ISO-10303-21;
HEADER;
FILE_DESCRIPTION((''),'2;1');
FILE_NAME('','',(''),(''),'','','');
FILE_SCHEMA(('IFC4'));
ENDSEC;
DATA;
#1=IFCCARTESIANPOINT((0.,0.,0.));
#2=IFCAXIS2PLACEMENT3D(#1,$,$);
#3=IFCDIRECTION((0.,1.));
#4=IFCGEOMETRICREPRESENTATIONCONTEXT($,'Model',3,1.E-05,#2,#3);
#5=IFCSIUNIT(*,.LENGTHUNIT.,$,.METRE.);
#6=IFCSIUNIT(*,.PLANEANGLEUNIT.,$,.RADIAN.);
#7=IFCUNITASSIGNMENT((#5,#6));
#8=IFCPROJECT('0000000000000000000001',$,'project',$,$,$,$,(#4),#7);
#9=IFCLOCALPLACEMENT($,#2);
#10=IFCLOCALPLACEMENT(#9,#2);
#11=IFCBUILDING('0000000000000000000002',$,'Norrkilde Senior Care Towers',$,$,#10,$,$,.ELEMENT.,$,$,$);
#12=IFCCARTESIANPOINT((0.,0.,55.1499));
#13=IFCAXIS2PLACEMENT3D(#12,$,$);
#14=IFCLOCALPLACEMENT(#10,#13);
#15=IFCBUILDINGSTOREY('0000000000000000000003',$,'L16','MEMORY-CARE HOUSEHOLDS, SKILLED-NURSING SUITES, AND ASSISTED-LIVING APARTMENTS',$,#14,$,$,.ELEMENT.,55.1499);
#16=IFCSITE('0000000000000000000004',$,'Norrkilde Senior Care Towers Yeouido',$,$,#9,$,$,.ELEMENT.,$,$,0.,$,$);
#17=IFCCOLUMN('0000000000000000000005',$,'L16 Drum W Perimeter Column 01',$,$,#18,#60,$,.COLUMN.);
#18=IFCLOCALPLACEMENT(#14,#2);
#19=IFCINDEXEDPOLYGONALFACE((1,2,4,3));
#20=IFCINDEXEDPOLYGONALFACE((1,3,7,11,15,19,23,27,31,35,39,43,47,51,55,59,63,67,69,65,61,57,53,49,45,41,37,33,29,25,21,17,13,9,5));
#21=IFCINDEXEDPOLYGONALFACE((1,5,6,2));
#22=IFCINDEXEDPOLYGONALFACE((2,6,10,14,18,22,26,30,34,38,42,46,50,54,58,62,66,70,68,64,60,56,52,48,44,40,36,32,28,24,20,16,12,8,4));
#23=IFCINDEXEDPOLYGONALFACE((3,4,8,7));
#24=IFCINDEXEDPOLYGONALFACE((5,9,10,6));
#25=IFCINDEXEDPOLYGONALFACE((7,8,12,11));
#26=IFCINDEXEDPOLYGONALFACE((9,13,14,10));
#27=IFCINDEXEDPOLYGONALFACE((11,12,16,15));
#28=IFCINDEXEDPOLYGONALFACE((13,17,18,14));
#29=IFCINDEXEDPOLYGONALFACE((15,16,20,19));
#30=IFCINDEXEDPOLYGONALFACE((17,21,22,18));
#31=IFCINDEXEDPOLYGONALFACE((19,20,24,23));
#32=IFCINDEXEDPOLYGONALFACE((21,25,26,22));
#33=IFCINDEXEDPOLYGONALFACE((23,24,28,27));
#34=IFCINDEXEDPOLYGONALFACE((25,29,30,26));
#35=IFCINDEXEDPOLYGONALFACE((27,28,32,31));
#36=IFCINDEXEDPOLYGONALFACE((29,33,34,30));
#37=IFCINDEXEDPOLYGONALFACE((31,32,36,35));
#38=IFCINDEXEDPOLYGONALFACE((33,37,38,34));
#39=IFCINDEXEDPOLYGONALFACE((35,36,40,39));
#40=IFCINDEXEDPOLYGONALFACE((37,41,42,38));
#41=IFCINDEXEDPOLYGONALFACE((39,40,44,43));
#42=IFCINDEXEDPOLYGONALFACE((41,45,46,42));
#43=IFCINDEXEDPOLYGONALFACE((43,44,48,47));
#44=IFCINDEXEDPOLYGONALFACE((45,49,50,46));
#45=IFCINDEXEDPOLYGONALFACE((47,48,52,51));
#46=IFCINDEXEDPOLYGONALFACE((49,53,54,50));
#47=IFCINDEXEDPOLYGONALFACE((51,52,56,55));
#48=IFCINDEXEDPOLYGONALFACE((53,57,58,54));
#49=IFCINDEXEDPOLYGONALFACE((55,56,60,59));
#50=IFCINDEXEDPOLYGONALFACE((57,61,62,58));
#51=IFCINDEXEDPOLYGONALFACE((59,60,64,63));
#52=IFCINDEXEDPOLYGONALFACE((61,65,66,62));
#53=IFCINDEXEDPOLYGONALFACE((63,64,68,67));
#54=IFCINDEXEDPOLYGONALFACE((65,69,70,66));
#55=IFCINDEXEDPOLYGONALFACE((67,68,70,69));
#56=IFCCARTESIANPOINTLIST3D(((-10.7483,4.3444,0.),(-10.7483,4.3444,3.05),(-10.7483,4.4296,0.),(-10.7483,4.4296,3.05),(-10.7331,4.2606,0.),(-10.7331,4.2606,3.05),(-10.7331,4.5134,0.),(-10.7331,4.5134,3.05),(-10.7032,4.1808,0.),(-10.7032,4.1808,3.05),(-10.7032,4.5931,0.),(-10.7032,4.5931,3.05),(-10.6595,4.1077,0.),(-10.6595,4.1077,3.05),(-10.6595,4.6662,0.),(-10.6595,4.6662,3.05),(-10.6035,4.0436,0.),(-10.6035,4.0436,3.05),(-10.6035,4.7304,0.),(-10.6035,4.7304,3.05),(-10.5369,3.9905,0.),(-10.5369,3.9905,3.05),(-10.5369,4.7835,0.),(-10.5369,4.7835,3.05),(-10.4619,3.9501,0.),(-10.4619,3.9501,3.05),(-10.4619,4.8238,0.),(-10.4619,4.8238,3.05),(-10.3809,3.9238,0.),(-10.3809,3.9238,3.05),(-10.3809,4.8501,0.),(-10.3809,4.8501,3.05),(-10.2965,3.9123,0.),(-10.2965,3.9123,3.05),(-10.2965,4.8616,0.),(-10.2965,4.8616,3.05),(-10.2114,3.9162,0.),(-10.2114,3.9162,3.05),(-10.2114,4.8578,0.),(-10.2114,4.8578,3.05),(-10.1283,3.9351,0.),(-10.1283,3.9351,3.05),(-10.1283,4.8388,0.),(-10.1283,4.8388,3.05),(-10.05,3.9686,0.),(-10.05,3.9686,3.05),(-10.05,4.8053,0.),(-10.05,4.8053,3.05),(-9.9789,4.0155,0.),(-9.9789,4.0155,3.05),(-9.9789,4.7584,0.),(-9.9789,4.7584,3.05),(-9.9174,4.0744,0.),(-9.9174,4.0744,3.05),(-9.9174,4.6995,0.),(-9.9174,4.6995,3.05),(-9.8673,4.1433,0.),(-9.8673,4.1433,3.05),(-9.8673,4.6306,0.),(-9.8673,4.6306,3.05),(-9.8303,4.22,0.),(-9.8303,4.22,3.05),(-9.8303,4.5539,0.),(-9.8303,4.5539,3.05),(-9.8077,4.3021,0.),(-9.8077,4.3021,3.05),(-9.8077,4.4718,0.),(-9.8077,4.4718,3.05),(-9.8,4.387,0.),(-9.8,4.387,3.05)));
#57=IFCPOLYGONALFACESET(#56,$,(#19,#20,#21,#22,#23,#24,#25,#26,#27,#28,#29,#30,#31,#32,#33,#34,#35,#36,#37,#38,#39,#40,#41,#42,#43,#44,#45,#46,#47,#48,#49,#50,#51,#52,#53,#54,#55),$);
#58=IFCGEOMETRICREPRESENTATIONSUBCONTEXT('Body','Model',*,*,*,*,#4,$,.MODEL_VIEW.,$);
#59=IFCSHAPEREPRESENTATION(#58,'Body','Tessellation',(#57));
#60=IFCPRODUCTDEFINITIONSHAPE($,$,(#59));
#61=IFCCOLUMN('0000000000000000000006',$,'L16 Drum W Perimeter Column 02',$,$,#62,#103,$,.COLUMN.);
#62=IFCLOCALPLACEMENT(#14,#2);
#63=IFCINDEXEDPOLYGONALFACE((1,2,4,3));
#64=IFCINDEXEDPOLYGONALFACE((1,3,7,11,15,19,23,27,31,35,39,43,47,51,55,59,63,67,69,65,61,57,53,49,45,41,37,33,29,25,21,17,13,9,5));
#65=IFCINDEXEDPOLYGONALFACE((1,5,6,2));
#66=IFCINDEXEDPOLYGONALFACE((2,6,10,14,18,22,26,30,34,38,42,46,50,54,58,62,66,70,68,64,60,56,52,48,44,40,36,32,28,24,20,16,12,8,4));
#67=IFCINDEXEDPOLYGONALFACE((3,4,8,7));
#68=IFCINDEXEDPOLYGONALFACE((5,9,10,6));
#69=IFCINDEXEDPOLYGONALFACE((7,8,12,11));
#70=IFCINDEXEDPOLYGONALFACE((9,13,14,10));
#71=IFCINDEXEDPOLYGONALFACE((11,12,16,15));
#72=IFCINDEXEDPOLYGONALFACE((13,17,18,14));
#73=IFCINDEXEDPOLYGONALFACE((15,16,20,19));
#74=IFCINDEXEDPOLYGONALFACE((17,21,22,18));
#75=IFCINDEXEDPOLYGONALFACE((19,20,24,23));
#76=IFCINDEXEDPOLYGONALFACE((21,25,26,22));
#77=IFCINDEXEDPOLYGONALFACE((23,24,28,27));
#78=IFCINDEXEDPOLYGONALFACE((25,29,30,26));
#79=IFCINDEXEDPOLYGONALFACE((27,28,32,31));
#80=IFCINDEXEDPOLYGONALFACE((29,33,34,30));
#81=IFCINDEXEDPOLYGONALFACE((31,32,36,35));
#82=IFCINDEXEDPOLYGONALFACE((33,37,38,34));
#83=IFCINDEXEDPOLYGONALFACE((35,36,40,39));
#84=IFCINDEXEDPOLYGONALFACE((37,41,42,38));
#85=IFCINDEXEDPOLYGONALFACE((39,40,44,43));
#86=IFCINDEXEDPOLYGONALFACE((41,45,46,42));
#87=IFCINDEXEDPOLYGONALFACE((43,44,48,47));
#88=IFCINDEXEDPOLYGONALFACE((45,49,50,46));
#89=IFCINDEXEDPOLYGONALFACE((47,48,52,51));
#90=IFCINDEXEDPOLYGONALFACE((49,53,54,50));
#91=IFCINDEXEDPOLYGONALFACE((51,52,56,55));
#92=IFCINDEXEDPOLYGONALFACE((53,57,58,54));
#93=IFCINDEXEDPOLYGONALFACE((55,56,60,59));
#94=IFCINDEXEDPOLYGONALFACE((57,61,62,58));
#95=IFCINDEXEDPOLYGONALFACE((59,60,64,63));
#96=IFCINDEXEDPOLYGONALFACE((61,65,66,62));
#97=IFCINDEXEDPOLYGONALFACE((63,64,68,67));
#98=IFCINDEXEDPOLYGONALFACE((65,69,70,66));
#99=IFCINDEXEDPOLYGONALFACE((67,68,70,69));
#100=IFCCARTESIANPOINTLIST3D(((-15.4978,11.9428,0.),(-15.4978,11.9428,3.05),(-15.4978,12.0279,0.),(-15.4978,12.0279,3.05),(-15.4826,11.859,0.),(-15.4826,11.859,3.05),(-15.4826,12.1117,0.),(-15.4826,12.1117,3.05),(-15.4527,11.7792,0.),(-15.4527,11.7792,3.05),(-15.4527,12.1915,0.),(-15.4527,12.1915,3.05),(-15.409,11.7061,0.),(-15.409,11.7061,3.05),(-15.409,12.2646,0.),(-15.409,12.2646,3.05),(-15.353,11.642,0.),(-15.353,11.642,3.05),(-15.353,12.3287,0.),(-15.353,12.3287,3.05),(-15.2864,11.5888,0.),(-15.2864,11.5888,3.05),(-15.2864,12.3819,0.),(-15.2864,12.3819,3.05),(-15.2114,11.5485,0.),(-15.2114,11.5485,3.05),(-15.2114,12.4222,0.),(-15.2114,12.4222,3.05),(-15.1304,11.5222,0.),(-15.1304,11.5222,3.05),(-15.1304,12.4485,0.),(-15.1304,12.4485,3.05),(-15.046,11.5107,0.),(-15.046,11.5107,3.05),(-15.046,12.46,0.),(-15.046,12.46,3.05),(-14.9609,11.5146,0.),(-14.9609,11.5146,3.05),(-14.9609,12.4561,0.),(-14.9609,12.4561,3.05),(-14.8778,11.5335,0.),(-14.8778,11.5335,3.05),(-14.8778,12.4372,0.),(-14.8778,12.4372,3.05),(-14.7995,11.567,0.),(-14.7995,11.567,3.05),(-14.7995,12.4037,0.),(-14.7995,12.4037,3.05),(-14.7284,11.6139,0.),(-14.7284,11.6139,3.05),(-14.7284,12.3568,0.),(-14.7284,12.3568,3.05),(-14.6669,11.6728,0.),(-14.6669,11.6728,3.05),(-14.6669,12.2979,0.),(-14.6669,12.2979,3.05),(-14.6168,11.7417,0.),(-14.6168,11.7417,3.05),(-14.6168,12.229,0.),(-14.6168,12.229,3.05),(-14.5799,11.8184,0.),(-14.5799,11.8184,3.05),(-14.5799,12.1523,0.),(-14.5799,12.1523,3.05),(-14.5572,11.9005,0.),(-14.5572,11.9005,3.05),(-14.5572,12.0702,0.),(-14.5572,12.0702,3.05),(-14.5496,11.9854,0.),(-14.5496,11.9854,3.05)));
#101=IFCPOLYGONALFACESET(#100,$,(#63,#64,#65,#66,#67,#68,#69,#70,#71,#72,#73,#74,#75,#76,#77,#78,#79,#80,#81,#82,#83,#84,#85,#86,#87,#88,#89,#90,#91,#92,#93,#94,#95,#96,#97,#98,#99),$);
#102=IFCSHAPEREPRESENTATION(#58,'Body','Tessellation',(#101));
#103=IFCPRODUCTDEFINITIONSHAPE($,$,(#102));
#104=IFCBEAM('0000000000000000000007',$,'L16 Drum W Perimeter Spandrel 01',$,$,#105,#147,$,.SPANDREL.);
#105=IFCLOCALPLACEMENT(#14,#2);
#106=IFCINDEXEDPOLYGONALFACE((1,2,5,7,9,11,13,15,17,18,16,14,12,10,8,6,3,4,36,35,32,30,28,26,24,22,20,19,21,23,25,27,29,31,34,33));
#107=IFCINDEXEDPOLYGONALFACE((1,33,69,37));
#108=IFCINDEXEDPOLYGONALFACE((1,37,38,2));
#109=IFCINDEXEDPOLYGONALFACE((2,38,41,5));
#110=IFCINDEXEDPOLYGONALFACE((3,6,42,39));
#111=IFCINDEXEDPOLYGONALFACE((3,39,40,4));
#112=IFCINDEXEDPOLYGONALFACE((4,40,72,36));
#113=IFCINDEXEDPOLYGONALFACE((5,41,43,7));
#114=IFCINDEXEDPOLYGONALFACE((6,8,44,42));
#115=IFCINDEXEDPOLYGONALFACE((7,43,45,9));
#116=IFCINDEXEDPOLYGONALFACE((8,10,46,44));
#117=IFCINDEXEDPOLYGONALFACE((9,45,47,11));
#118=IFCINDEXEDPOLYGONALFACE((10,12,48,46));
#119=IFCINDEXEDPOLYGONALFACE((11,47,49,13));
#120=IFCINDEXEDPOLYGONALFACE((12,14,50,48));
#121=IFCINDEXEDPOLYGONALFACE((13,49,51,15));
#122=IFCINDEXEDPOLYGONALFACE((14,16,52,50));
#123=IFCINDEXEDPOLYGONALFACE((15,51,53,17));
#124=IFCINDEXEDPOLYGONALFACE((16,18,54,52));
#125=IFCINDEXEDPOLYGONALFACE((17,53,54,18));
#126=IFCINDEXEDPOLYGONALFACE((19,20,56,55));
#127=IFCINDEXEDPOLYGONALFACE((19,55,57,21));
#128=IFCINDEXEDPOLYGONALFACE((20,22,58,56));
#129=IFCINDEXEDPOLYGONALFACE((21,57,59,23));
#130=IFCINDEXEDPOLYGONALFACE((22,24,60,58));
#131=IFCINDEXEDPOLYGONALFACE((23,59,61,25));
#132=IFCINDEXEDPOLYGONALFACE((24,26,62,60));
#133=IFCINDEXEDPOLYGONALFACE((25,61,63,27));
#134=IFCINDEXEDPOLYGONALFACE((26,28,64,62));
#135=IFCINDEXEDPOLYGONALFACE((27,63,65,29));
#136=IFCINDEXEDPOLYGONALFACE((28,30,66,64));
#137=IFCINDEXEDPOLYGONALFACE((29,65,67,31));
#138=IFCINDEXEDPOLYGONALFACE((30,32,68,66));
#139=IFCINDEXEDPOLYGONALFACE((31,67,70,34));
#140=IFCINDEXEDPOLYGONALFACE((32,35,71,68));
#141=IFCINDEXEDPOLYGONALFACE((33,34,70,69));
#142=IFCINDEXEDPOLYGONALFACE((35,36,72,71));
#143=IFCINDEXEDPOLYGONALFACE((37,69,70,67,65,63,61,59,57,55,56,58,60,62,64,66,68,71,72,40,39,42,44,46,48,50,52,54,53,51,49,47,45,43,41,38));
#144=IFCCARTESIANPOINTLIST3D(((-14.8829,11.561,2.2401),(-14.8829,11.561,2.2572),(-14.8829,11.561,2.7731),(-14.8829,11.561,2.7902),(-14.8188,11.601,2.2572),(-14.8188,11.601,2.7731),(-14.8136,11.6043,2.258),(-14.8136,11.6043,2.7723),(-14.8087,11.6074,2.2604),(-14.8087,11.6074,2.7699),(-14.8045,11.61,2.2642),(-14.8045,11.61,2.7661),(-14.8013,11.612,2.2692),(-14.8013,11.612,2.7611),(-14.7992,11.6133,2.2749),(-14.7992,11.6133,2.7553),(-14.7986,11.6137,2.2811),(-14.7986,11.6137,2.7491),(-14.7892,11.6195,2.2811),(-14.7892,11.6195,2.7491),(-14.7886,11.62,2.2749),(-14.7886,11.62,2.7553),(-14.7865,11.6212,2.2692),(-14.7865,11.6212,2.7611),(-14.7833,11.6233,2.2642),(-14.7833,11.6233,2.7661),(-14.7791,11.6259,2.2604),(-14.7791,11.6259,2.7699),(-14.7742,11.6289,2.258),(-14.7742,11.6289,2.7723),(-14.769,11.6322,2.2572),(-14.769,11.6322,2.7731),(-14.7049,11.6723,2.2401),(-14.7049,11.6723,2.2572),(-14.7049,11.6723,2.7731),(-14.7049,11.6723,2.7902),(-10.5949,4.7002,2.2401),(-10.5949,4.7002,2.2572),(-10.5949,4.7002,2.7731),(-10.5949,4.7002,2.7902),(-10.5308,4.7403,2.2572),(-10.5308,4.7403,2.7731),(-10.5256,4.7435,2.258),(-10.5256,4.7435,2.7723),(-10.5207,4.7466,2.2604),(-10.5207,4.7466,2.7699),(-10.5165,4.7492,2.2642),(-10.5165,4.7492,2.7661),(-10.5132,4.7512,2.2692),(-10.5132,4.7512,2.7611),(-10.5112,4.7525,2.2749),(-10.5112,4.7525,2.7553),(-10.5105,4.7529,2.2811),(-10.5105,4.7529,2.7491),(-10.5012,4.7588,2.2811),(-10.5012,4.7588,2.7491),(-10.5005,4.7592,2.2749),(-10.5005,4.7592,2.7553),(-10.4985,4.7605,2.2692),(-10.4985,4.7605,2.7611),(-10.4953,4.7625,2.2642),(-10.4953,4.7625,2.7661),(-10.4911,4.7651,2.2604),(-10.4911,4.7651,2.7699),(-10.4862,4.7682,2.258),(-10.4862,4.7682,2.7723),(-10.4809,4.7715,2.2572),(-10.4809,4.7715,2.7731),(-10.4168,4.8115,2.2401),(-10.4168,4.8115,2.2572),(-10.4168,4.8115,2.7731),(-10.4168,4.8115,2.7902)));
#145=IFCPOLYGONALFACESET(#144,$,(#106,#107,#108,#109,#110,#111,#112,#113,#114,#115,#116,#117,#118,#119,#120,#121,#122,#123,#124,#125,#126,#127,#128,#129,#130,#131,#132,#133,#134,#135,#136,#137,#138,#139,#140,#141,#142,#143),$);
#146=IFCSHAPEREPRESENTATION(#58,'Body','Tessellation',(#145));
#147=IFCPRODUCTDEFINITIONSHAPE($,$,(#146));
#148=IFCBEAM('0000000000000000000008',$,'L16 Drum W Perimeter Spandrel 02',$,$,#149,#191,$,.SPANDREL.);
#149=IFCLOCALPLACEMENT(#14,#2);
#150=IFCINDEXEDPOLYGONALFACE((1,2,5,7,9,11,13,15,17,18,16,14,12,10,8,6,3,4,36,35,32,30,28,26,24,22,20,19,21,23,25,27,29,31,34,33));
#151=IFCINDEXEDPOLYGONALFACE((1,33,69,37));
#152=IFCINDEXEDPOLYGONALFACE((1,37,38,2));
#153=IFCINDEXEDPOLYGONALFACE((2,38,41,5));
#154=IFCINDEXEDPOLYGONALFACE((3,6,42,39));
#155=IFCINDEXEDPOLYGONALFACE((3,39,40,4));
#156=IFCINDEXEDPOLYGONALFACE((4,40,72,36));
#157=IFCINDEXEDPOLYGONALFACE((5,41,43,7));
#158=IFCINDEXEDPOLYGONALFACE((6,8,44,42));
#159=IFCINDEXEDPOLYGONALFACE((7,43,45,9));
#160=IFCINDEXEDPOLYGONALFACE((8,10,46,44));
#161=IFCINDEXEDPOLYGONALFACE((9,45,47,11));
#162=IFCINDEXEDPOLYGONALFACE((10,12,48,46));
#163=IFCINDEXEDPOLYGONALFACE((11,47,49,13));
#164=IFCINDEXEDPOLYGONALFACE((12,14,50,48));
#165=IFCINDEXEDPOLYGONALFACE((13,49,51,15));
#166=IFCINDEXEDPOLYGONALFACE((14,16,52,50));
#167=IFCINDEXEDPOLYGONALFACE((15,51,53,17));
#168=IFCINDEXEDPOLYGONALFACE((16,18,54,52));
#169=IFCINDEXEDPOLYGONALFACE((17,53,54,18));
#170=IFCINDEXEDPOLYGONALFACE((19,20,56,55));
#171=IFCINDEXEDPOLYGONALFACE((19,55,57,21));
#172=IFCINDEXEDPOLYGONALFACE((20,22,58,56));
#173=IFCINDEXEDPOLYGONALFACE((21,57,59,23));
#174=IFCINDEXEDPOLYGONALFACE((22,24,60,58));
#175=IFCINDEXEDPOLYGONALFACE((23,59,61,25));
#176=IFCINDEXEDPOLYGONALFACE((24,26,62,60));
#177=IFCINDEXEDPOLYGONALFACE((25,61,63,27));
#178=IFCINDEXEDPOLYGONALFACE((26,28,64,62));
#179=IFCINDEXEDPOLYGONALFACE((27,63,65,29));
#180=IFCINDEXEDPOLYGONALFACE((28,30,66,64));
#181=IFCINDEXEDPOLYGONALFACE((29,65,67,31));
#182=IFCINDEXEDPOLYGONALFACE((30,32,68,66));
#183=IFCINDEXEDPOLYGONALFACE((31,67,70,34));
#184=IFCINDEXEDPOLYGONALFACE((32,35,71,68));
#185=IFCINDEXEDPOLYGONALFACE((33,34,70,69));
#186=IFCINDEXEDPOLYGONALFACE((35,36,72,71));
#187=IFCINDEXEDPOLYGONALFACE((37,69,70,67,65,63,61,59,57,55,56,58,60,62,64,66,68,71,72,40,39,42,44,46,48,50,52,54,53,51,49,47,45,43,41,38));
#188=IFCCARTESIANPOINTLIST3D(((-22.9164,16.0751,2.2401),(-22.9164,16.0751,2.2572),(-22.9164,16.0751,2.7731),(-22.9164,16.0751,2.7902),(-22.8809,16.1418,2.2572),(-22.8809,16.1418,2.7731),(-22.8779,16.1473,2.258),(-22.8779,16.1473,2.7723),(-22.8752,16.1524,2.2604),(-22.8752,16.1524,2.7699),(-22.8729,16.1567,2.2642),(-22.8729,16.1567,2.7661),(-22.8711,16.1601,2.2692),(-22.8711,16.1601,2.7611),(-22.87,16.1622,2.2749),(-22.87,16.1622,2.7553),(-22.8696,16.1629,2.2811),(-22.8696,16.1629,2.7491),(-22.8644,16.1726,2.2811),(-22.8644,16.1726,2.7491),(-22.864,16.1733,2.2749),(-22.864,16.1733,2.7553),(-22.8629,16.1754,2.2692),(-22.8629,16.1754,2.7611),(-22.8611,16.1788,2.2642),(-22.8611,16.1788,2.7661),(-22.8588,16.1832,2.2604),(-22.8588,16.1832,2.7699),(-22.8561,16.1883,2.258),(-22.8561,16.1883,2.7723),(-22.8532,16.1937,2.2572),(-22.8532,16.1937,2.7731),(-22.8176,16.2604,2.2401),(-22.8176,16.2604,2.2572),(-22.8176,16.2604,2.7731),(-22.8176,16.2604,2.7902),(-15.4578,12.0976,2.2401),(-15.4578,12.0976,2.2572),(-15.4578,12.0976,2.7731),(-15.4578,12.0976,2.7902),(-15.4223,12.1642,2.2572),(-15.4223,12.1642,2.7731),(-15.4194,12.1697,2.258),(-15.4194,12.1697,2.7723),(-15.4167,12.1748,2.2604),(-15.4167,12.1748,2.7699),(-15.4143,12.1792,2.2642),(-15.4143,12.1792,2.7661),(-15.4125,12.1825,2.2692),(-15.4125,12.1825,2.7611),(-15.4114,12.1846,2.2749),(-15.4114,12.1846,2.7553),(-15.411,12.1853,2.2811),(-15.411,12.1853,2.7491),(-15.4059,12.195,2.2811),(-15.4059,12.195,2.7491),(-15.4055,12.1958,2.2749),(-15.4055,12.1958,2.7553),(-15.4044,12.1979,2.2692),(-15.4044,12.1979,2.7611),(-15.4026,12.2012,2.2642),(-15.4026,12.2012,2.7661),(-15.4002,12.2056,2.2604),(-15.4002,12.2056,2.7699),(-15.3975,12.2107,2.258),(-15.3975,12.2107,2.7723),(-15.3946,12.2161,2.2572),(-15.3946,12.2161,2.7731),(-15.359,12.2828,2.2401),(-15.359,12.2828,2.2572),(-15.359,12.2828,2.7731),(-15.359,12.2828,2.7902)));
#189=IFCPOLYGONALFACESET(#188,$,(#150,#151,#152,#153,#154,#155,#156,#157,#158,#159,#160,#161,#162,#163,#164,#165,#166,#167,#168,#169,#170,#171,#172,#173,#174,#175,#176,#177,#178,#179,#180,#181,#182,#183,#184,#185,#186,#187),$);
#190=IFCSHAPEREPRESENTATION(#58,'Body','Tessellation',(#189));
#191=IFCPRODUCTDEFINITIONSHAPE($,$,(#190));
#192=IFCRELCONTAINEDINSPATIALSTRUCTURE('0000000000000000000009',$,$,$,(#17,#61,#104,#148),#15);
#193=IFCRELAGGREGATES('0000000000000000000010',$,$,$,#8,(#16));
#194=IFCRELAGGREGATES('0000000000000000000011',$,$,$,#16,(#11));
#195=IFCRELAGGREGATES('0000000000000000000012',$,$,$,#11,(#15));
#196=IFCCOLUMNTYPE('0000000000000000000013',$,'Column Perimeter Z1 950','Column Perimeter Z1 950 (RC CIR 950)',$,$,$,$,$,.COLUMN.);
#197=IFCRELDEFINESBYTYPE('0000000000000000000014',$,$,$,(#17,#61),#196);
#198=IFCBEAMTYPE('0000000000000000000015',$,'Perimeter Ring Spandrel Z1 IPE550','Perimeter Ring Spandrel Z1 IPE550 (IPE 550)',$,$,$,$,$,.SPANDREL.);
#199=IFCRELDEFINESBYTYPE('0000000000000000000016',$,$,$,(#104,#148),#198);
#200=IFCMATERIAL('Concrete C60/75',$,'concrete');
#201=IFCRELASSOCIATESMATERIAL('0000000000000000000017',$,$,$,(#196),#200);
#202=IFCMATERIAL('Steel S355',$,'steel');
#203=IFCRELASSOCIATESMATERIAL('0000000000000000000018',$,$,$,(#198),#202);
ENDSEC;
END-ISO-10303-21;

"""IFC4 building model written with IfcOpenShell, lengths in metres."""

from ifc_helpers import new_model, si_unit, direction, frame, origin, origin_2d, place, context, subcontext, project, spatial, circle, i_section, extrude, source, transform, mapped, material, material_profile, profile_set, type_object, type_shapes, element, save


model = new_model("IFC4")

# Units and contexts
model_context = context("Model", 3, precision=1e-05, world=origin(), true_north=direction((0.0, 1.0)))
body_context = subcontext(model_context, "Body", "Model", "MODEL_VIEW")
ifc_project = project(units=[si_unit("LENGTHUNIT", "METRE"), si_unit("PLANEANGLEUNIT", "RADIAN")], contexts=[model_context])

# Site, building, storey
site_placement = place(None, origin())
site = spatial("IfcSite", under=ifc_project, at=site_placement, Name="Norrkilde Senior Care Towers Yeouido", CompositionType="ELEMENT", RefElevation=0.0)
building_placement = place(site_placement, origin())
building = spatial("IfcBuilding", under=site, at=building_placement, Name="Norrkilde Senior Care Towers", CompositionType="ELEMENT")
storey_placement = place(building_placement, frame((0.0, 0.0, 55.1499)))
storey = spatial("IfcBuildingStorey", under=building, at=storey_placement, Name="L16", Description="MEMORY-CARE HOUSEHOLDS, SKILLED-NURSING SUITES, AND ASSISTED-LIVING APARTMENTS", CompositionType="ELEMENT", Elevation=55.1499)

# Columns
ifc_material_1 = material(Name="Concrete C60/75", Category="concrete")
ifc_material_profile_1 = material_profile(ifc_material_1, circle(Radius=0.4751, at=origin_2d()), Name="RC CIR 950")
ifc_profile_set_1 = profile_set([ifc_material_profile_1], Name="Concrete C60/75")
column_type = type_object("IfcColumnType", Name="Column Perimeter Z1 950", Description="Column Perimeter Z1 950 (RC CIR 950)", PredefinedType="COLUMN", material=ifc_profile_set_1)
shared_shape_1 = source(origin(), body_context, "Body", "SweptSolid", [
    extrude(circle(Radius=0.4751, at=origin_2d()), origin(), (0.0, 0.0, 1.0), 3.05),
])
type_shapes(column_type, [shared_shape_1])
for number, where, z_axis, x_axis, name in (
    (1, (-10.2751, 4.387, 0.0), (0.0, 0.0, 1.0), (1.0, 0.0, 0.0), "L16 Drum W Perimeter Column 01"),
    (2, (-15.0247, 11.9854, 0.0), (0.0, 0.0, 1.0), (1.0, 0.0, 0.0), "L16 Drum W Perimeter Column 02"),
):
    element("IfcColumn", number, at=place(storey_placement, frame(where, z_axis=z_axis, x_axis=x_axis)), inside=storey, type_object=column_type, Name=name, PredefinedType="COLUMN", context=body_context, shape_type="MappedRepresentation", body=[
        mapped(shared_shape_1, transform((0.0, 0.0, 0.0), x_axis=(1.0, 0.0, 0.0), y_axis=(0.0, 1.0, 0.0), z_axis=(0.0, 0.0, 1.0), scale=1.0)),
    ])

# Beams
ifc_material_2 = material(Name="Steel S355", Category="steel")
ifc_material_profile_2 = material_profile(ifc_material_2, i_section(OverallWidth=0.21, OverallDepth=0.55, WebThickness=0.011, FlangeThickness=0.0171, FilletRadius=0.0239, at=origin_2d()), Name="IPE 550")
ifc_profile_set_2 = profile_set([ifc_material_profile_2], Name="Steel S355")
beam_type_1 = type_object("IfcBeamType", Name="Perimeter Ring Spandrel Z1 IPE550", Description="Perimeter Ring Spandrel Z1 IPE550 (IPE 550)", PredefinedType="SPANDREL", material=ifc_profile_set_2)
shared_shape_2 = source(origin(), body_context, "Body", "SweptSolid", [
    extrude(i_section(OverallWidth=0.21, OverallDepth=0.55, WebThickness=0.011, FlangeThickness=0.0171, FilletRadius=0.0239, at=origin_2d()), origin(), (0.0, 0.0, 1.0), 8.0906),
])
beam_1_placement = place(storey_placement, frame((-10.5059, 4.7559, 2.5151), z_axis=(-0.530004, 0.847995, 0.0), x_axis=(-0.847995, -0.530004, 0.0)))
element("IfcBeam", 3, at=beam_1_placement, inside=storey, type_object=beam_type_1, Name="L16 Drum W Perimeter Spandrel 01", PredefinedType="SPANDREL", context=body_context, shape_type="MappedRepresentation", body=[
    mapped(shared_shape_2, transform((0.0, 0.0, 0.0), x_axis=(1.0, 0.0, 0.0), y_axis=(0.0, 1.0, 0.0), z_axis=(0.0, 0.0, 1.0), scale=1.0)),
])
shared_shape_3 = source(origin(), body_context, "Body", "SweptSolid", [
    extrude(i_section(OverallWidth=0.21, OverallDepth=0.55, WebThickness=0.011, FlangeThickness=0.0171, FilletRadius=0.0239, at=origin_2d()), origin(), (0.0, 0.0, 1.0), 8.4529),
])
type_shapes(beam_type_1, [shared_shape_2, shared_shape_3])
beam_2_placement = place(storey_placement, frame((-15.4084, 12.1902, 2.5151), z_axis=(-0.882369, 0.470558, 0.0), x_axis=(-0.470558, -0.882369, 0.0)))
element("IfcBeam", 4, at=beam_2_placement, inside=storey, type_object=beam_type_1, Name="L16 Drum W Perimeter Spandrel 02", PredefinedType="SPANDREL", context=body_context, shape_type="MappedRepresentation", body=[
    mapped(shared_shape_3, transform((0.0, 0.0, 0.0), x_axis=(1.0, 0.0, 0.0), y_axis=(0.0, 1.0, 0.0), z_axis=(0.0, 0.0, 1.0), scale=1.0)),
])

save(model, "model.ifc")
